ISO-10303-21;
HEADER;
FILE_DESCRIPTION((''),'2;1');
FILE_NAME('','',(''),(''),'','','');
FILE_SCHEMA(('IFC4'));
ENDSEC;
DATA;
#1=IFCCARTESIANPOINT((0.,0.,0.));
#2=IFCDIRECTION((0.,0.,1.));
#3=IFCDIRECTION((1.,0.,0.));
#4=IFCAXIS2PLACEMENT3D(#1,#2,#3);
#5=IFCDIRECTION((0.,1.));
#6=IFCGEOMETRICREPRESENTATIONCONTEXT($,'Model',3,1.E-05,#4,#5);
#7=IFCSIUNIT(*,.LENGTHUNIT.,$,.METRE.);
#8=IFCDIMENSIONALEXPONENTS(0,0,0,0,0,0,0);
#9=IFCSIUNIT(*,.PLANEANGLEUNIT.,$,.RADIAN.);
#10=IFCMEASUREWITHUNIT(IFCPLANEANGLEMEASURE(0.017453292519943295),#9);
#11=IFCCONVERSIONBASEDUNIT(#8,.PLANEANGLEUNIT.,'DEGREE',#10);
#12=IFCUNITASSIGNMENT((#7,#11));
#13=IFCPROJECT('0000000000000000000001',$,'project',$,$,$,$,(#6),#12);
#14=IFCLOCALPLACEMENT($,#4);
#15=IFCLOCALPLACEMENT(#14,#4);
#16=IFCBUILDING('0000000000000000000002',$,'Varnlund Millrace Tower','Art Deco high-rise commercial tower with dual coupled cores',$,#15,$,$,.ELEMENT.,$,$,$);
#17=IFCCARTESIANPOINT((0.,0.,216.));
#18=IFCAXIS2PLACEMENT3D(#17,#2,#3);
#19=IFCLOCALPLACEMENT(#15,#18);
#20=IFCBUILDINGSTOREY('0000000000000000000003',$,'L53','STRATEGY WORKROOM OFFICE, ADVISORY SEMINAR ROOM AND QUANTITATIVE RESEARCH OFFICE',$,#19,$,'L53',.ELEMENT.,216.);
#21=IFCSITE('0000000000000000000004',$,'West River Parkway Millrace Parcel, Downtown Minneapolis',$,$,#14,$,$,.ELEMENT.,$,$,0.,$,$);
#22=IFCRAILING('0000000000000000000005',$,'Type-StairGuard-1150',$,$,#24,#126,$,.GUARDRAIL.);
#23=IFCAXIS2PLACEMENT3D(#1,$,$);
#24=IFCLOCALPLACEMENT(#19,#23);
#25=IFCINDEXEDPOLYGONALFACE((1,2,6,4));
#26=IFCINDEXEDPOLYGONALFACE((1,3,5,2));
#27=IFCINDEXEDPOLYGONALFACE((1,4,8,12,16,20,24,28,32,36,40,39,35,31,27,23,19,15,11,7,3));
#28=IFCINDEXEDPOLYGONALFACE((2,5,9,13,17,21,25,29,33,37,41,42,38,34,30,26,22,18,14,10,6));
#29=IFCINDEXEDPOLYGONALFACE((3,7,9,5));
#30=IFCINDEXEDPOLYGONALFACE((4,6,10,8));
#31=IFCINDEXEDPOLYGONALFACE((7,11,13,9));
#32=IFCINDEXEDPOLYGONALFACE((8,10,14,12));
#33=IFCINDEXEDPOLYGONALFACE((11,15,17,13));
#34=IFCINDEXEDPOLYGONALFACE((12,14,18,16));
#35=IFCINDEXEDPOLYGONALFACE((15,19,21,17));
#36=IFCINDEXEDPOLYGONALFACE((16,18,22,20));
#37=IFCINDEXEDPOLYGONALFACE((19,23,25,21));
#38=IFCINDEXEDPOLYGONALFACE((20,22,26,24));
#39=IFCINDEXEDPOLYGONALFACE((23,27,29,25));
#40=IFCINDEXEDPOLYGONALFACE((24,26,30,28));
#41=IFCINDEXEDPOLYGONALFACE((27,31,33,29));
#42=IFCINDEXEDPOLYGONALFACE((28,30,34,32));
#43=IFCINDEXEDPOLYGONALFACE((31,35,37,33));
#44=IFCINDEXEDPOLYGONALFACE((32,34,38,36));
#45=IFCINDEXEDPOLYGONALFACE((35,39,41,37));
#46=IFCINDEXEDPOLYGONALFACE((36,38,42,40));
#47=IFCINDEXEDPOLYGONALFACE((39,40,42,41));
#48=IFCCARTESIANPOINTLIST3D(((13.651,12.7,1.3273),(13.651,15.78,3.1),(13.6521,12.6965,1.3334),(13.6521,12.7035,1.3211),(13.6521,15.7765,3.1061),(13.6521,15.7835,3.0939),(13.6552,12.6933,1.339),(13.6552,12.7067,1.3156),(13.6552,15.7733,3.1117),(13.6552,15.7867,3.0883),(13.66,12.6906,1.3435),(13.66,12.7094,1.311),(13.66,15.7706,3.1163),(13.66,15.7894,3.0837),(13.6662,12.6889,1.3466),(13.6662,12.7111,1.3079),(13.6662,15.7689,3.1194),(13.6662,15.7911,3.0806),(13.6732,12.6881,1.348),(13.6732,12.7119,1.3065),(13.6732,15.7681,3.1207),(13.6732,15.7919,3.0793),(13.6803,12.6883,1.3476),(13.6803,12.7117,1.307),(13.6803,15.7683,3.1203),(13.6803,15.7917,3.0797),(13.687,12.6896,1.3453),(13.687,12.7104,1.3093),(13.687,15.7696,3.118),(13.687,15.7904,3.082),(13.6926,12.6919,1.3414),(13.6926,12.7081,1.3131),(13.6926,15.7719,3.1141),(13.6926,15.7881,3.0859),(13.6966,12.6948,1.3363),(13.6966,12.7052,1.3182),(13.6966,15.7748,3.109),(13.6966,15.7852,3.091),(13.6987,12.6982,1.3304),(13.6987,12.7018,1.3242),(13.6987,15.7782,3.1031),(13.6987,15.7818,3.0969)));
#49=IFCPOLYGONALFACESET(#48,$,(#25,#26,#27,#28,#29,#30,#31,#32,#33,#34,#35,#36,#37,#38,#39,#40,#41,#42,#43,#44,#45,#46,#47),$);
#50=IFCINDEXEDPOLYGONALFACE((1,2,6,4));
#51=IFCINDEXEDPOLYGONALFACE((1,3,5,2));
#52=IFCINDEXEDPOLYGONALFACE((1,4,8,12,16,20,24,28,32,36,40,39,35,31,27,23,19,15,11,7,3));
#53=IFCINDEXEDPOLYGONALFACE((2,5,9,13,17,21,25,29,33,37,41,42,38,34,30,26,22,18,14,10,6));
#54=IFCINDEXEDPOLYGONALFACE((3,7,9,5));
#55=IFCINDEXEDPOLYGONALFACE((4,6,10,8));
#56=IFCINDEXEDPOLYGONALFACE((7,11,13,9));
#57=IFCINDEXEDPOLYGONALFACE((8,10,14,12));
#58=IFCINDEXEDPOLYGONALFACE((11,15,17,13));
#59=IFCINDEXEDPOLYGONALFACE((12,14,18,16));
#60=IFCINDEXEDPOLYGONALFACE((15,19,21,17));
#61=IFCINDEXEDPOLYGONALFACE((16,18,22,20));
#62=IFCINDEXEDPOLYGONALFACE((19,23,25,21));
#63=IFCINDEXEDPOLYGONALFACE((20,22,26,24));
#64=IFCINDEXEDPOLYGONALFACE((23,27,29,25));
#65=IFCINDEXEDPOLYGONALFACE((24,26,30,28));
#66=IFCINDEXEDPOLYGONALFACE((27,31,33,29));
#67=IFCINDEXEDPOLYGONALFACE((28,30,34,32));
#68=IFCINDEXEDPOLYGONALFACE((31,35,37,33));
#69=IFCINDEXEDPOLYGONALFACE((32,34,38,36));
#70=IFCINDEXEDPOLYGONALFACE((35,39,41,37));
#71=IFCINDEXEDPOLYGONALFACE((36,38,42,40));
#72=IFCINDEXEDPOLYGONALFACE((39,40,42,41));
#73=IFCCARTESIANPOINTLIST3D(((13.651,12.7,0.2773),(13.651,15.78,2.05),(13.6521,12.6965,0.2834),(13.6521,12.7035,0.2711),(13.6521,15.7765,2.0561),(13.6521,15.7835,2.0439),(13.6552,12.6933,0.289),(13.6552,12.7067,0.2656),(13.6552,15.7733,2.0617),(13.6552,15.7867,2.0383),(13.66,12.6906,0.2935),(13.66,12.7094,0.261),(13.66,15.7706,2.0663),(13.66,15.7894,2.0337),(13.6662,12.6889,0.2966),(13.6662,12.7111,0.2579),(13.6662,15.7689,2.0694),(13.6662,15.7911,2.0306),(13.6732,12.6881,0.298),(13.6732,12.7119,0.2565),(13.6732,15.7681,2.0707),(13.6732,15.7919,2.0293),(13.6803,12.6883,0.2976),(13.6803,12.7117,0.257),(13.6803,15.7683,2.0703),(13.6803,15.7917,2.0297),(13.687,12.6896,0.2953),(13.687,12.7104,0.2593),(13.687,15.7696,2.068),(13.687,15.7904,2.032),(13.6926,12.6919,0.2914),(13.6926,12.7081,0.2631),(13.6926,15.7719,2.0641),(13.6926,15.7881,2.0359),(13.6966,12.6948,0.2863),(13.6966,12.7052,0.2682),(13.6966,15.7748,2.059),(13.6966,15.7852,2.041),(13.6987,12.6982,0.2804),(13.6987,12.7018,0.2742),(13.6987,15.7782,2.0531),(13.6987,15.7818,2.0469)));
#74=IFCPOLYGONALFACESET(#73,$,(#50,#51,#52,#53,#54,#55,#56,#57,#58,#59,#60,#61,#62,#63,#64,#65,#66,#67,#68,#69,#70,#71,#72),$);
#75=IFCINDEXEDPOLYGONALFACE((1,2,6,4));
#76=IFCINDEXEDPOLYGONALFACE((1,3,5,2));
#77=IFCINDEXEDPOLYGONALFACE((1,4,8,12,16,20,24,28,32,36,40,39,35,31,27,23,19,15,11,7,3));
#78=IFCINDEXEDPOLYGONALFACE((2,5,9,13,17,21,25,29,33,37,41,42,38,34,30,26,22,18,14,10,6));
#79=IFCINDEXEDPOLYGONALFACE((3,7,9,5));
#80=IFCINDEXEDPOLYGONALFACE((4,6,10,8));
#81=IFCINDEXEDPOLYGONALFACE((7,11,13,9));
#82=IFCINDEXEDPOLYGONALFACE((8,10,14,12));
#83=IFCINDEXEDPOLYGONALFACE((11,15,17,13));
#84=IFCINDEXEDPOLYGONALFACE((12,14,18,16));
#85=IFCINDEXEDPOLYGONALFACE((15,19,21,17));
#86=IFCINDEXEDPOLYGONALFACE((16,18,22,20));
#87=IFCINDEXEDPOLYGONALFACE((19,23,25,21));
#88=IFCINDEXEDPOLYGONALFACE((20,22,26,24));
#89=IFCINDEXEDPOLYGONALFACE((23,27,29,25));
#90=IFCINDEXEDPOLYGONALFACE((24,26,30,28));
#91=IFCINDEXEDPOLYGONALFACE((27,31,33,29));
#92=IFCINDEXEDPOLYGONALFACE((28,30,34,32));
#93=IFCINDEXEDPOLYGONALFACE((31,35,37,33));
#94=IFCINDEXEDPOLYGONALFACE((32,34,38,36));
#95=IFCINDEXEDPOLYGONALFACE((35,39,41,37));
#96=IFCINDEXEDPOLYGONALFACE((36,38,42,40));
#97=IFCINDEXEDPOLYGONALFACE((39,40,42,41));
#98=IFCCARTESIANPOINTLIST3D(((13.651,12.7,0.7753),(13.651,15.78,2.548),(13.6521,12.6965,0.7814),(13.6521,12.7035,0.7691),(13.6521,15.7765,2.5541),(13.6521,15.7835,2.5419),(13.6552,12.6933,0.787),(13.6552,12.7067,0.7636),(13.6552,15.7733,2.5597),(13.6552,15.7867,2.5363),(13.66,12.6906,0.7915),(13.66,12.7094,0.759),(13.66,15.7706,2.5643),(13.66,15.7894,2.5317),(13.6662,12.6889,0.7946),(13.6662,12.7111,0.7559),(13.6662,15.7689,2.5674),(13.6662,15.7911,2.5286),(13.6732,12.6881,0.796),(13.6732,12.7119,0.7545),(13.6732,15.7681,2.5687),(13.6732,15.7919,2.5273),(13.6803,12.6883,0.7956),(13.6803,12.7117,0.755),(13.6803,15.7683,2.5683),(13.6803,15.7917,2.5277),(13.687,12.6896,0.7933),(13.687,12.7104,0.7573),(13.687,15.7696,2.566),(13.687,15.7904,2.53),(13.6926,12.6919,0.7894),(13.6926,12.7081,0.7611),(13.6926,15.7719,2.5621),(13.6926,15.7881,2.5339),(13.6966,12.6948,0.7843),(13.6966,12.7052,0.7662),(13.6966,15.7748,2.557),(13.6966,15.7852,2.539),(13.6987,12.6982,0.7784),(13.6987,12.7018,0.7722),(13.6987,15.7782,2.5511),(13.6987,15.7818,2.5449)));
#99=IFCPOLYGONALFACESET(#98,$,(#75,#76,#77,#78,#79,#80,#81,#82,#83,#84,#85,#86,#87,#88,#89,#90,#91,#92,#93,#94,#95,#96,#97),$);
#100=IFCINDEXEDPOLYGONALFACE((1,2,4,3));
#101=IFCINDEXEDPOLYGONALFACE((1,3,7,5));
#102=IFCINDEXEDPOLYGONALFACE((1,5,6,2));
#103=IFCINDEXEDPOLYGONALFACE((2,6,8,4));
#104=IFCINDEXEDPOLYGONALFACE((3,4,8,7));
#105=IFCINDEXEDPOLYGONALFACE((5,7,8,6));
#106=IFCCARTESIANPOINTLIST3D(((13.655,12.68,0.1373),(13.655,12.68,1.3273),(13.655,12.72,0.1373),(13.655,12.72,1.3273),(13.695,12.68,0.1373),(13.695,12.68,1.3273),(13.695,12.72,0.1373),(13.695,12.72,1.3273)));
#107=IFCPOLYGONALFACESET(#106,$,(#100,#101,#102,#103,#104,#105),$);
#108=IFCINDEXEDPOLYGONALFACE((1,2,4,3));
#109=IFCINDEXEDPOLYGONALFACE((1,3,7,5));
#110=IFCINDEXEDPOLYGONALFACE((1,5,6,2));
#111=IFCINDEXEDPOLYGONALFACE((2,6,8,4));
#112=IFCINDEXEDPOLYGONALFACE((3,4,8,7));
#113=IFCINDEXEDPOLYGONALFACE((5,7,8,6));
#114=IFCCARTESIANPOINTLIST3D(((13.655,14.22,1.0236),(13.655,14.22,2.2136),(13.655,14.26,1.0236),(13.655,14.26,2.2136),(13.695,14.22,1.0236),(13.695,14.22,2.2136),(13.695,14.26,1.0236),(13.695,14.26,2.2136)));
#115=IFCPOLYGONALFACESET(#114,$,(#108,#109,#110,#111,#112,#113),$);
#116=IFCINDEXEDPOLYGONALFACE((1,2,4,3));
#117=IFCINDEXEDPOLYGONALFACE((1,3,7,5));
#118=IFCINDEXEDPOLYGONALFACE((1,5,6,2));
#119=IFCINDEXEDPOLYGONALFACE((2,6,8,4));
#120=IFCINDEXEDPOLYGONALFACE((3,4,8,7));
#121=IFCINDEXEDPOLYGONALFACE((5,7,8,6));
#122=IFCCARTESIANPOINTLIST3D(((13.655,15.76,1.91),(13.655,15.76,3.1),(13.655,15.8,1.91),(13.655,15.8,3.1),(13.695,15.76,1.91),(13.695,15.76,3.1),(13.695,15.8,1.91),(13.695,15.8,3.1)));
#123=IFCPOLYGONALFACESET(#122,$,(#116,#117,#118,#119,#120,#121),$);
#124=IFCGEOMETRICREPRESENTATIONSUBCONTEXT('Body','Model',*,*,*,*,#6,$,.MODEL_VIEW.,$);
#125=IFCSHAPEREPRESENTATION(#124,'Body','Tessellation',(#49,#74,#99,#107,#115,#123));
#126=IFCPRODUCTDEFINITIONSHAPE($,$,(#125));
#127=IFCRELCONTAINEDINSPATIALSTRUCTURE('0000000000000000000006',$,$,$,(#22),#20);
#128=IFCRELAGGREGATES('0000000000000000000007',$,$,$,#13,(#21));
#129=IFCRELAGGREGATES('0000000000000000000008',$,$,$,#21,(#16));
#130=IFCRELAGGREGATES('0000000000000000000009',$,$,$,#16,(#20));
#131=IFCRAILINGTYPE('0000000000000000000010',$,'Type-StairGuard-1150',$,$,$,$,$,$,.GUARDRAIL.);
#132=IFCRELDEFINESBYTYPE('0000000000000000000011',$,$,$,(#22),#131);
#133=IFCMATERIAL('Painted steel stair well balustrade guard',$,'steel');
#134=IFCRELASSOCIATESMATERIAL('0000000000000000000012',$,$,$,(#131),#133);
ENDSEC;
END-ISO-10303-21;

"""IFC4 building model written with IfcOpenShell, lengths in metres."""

from ifc_helpers import new_model, entity, si_unit, converted_unit, direction, frame, origin_with_axes, origin_2d_with_axis, place, context, subcontext, project, spatial, rectangle, circle, extrude, material, type_object, element, save


model = new_model("IFC4")

# Units and contexts
model_context = context("Model", 3, precision=1e-05, world=origin_with_axes(), true_north=direction((0.0, 1.0)))
body_context = subcontext(model_context, "Body", "Model", "MODEL_VIEW")
ifc_project = project(units=[si_unit("LENGTHUNIT", "METRE"), converted_unit("PLANEANGLEUNIT", "DEGREE", entity("IfcPlaneAngleMeasure", 0.017453292519943295), si_unit("PLANEANGLEUNIT", "RADIAN"), dimensions=[0, 0, 0, 0, 0, 0, 0])], contexts=[model_context])

# Site, building, storey
site_placement = place(None, origin_with_axes())
site = spatial("IfcSite", under=ifc_project, at=site_placement, Name="West River Parkway Millrace Parcel, Downtown Minneapolis", CompositionType="ELEMENT", RefElevation=0.0)
building_placement = place(site_placement, origin_with_axes())
building = spatial("IfcBuilding", under=site, at=building_placement, Name="Varnlund Millrace Tower", Description="Art Deco high-rise commercial tower with dual coupled cores", CompositionType="ELEMENT")
storey_placement = place(building_placement, frame((0.0, 0.0, 216.0), z_axis=(0.0, 0.0, 1.0), x_axis=(1.0, 0.0, 0.0)))
storey = spatial("IfcBuildingStorey", under=building, at=storey_placement, Name="L53", Description="STRATEGY WORKROOM OFFICE, ADVISORY SEMINAR ROOM AND QUANTITATIVE RESEARCH OFFICE", LongName="L53", CompositionType="ELEMENT", Elevation=216.0)

# Railing
ifc_material_1 = material(Name="Painted steel stair well balustrade guard", Category="steel")
railing_type_1 = type_object("IfcRailingType", Name="Type-StairGuard-1150", PredefinedType="GUARDRAIL", material=ifc_material_1)
railing_1_placement = place(storey_placement, frame((0.0, 0.0, -216.0), z_axis=(0.0, 0.0, 1.0), x_axis=(1.0, 0.0, 0.0)))
element("IfcRailing", 1, at=railing_1_placement, inside=storey, type_object=railing_type_1, Name="Type-StairGuard-1150", PredefinedType="GUARDRAIL", context=body_context, shape_type="SweptSolid", body=[
    extrude(circle(Radius=0.024, at=origin_2d_with_axis()), frame((13.675, 12.7, 217.3273), z_axis=(0.0, 0.866696, 0.498836), x_axis=(-1.0, 0.0, 0.0)), (0.0, 0.0, 1.0), 3.5537),
    extrude(circle(Radius=0.024, at=origin_2d_with_axis()), frame((13.675, 12.7, 216.2773), z_axis=(0.0, 0.866696, 0.498836), x_axis=(-1.0, 0.0, 0.0)), (0.0, 0.0, 1.0), 3.5537),
    extrude(circle(Radius=0.024, at=origin_2d_with_axis()), frame((13.675, 12.7, 216.7753), z_axis=(0.0, 0.866696, 0.498836), x_axis=(-1.0, 0.0, 0.0)), (0.0, 0.0, 1.0), 3.5537),
    extrude(rectangle(XDim=0.04, YDim=0.04, at=origin_2d_with_axis()), frame((13.675, 12.7, 216.1373), z_axis=(0.0, 0.0, 1.0), x_axis=(1.0, 0.0, 0.0)), (0.0, 0.0, 1.0), 1.19),
    extrude(rectangle(XDim=0.04, YDim=0.04, at=origin_2d_with_axis()), frame((13.675, 14.24, 217.0236), z_axis=(0.0, 0.0, 1.0), x_axis=(1.0, 0.0, 0.0)), (0.0, 0.0, 1.0), 1.19),
    extrude(rectangle(XDim=0.04, YDim=0.04, at=origin_2d_with_axis()), frame((13.675, 15.78, 217.91), z_axis=(0.0, 0.0, 1.0), x_axis=(1.0, 0.0, 0.0)), (0.0, 0.0, 1.0), 1.19),
])

save(model, "model.ifc")
